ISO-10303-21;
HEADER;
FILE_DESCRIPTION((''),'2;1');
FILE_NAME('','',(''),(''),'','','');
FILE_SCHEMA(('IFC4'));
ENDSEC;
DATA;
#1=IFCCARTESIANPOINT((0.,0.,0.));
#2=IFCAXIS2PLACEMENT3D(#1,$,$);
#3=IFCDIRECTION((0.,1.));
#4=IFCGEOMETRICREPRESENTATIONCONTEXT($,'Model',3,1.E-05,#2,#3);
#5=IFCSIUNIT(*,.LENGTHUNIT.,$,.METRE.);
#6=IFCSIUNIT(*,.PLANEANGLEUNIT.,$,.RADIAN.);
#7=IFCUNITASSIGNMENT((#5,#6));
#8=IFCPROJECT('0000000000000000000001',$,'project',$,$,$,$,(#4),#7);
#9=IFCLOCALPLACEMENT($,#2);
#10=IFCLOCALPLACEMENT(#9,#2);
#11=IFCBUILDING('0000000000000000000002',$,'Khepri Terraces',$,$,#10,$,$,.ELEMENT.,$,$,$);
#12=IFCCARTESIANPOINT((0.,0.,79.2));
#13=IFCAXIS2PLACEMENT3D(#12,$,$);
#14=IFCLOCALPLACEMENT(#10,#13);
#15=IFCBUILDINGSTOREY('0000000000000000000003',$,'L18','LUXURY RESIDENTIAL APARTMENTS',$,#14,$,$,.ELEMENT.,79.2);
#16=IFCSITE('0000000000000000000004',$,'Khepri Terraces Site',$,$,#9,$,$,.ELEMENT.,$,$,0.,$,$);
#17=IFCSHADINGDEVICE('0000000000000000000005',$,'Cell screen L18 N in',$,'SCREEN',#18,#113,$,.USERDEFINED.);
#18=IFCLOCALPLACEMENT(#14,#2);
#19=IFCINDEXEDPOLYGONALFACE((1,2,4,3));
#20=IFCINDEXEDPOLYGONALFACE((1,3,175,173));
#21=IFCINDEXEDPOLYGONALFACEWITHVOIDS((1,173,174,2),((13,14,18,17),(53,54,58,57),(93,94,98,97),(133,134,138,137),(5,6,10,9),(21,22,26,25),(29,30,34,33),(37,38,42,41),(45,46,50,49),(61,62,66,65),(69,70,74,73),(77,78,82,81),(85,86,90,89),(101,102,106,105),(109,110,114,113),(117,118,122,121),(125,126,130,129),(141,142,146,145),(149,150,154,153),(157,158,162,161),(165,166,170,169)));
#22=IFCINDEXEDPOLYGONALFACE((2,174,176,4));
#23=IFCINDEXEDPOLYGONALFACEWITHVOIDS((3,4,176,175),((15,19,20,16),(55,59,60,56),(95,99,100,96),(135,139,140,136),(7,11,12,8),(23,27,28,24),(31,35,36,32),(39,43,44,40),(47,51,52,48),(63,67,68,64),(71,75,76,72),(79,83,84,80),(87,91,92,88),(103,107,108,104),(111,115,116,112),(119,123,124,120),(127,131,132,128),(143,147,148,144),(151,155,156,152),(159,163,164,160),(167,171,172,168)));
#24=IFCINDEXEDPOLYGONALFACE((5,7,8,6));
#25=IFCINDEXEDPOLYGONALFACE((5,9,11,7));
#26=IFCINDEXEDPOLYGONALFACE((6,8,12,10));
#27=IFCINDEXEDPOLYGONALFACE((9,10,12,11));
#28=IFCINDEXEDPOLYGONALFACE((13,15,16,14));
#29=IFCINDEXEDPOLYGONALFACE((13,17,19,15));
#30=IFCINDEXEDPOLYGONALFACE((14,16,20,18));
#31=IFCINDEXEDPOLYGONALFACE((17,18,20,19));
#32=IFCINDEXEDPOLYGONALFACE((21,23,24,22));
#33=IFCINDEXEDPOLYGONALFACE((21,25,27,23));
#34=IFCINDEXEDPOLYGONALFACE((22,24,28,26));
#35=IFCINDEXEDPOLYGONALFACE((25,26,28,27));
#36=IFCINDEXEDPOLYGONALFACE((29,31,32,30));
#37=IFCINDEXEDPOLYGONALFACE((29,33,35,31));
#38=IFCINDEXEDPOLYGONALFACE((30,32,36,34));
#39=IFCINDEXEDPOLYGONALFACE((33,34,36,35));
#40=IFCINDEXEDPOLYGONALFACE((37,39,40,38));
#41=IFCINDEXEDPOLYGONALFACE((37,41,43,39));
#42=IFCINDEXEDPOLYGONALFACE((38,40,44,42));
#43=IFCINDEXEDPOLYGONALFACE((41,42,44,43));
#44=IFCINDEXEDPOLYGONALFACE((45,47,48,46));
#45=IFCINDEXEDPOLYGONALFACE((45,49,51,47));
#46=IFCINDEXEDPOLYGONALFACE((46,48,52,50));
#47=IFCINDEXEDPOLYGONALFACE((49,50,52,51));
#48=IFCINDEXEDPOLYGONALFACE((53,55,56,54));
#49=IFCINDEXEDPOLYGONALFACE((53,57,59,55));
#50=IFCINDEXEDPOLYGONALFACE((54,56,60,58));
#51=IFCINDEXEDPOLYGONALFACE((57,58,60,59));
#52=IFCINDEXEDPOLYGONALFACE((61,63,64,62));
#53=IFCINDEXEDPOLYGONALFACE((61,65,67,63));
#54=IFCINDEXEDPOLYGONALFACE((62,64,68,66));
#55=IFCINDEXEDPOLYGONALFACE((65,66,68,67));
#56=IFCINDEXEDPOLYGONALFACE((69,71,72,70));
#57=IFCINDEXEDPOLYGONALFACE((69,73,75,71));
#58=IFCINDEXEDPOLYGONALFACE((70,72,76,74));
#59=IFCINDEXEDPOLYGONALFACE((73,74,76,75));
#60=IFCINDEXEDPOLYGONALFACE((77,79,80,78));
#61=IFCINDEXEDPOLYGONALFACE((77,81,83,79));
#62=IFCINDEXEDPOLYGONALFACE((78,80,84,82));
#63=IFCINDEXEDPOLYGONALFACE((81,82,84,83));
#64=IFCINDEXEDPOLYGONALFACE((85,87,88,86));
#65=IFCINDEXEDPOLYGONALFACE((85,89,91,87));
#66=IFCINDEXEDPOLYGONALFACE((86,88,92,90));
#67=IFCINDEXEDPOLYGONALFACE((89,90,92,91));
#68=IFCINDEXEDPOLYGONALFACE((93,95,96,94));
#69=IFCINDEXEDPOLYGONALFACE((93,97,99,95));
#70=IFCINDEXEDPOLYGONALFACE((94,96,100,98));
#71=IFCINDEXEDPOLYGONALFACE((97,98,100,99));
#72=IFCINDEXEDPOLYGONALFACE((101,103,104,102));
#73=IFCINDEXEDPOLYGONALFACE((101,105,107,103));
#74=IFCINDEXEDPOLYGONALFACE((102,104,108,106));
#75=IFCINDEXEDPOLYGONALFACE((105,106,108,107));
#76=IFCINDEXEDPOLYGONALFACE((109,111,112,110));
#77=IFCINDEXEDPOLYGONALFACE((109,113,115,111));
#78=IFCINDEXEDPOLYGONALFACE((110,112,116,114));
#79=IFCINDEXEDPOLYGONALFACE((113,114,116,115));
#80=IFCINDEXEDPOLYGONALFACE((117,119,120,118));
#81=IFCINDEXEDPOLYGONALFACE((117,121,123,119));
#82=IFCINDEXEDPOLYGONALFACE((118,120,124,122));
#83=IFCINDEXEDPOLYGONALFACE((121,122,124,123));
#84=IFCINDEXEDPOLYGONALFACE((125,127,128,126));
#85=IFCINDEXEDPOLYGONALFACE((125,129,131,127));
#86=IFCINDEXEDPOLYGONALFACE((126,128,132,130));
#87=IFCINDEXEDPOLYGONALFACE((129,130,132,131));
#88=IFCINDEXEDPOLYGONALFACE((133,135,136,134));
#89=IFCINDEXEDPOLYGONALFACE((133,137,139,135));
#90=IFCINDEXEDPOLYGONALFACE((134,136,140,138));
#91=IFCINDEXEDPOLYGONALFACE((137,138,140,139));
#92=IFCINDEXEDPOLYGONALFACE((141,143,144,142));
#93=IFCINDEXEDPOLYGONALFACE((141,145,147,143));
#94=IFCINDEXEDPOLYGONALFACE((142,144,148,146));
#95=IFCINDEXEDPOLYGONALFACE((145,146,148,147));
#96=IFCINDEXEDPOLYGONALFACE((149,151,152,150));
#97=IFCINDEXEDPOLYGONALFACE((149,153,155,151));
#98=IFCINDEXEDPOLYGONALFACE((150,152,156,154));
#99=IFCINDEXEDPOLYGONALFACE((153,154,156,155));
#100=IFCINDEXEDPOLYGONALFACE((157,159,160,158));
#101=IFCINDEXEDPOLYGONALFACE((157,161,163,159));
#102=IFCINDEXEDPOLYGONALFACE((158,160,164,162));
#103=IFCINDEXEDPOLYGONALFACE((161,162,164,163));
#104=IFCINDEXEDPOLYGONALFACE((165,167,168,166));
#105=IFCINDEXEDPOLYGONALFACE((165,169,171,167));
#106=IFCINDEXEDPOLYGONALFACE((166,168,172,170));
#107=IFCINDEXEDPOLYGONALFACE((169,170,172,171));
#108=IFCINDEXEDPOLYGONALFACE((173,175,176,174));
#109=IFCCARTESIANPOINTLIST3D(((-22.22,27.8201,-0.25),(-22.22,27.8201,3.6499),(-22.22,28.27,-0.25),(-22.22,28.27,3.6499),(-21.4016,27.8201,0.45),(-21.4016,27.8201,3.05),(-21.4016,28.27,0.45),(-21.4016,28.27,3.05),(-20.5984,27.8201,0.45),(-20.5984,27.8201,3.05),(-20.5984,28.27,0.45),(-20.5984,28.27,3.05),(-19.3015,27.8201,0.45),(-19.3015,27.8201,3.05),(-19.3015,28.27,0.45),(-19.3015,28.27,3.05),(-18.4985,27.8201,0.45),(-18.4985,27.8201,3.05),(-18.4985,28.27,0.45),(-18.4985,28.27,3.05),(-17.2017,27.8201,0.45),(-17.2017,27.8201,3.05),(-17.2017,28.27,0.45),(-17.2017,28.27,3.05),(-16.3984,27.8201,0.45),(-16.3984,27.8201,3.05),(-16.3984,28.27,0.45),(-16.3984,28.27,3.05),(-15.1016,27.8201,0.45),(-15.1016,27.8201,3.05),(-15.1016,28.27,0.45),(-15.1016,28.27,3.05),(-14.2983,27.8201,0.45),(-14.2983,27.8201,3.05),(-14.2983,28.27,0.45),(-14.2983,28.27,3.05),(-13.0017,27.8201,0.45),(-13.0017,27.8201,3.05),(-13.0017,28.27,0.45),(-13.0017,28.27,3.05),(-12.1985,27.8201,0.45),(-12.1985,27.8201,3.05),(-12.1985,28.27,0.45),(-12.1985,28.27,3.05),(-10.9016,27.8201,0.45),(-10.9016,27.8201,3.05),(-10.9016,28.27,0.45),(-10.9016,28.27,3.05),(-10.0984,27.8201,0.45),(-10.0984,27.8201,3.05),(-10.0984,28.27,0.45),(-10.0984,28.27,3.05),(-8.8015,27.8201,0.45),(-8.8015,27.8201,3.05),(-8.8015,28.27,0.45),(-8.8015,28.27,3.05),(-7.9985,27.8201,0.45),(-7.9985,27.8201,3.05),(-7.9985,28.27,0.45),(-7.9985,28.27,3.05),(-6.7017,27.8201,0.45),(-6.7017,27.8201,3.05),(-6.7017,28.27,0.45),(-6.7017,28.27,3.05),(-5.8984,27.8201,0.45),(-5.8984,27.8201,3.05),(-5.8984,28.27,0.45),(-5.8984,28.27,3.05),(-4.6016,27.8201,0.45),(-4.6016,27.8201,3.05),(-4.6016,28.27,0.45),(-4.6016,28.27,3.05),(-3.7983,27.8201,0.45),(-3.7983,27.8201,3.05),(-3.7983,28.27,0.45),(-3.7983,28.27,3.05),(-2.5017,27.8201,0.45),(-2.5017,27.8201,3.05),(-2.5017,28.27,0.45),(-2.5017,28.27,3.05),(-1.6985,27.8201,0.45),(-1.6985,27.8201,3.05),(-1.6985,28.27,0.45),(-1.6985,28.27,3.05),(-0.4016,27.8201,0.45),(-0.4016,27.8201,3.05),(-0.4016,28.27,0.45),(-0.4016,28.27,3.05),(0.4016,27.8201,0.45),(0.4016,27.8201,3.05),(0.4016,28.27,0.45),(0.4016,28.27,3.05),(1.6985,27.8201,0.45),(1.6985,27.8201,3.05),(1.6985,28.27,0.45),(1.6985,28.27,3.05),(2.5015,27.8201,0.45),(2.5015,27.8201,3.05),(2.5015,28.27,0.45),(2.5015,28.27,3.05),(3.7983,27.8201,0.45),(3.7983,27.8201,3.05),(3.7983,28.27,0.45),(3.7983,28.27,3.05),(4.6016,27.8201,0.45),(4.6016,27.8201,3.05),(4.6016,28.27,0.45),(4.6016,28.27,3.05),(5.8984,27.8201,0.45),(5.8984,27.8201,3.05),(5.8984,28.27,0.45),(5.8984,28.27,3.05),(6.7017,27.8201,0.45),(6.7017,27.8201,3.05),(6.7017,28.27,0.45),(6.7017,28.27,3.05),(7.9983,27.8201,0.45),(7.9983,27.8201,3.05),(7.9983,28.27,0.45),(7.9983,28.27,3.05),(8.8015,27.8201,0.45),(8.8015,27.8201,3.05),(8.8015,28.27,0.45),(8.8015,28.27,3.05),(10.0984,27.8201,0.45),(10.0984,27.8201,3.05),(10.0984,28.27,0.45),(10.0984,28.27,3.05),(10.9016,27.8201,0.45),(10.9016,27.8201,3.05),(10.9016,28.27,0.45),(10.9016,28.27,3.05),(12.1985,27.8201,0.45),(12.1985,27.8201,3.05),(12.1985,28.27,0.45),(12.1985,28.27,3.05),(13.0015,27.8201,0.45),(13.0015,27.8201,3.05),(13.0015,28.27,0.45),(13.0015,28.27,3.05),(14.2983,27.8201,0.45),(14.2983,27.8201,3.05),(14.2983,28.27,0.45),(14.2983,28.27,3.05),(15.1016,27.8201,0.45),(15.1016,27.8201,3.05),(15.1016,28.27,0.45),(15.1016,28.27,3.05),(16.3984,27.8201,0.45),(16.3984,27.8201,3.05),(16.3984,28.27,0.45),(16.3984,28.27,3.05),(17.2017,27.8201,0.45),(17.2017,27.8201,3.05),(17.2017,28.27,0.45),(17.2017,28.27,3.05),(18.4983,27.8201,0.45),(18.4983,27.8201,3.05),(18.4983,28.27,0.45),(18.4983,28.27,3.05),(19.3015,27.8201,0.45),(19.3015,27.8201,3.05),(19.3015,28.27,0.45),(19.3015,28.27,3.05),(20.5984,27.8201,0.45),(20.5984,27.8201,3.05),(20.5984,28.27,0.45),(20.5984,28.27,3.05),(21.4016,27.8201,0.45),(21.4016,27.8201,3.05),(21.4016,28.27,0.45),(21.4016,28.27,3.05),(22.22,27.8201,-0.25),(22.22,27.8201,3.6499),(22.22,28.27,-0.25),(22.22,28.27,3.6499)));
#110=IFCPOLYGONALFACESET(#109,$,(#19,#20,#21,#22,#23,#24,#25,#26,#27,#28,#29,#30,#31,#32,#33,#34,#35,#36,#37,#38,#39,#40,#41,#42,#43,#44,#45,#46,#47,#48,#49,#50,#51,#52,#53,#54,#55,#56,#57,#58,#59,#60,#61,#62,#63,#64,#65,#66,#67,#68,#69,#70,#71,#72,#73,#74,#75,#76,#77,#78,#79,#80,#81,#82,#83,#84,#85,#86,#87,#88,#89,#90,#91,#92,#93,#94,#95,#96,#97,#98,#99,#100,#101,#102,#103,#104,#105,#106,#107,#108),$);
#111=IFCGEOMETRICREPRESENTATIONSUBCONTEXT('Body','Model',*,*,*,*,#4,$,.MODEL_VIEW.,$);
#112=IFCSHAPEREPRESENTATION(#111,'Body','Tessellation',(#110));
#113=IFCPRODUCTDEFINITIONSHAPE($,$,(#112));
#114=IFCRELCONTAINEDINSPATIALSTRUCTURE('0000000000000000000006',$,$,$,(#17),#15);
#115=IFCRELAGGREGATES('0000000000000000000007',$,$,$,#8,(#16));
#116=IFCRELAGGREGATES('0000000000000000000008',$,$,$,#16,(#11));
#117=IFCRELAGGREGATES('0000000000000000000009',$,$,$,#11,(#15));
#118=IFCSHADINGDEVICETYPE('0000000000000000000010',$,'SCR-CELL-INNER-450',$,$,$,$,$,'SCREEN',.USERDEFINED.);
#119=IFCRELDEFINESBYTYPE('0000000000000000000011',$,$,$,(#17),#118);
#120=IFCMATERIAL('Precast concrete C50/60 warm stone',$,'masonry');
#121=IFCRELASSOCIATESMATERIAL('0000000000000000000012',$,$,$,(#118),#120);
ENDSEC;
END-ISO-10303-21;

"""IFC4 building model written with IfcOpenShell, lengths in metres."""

from ifc_helpers import new_model, si_unit, direction, frame, origin, place, context, subcontext, project, spatial, polyline, outline, extrude, material, type_object, element, save


model = new_model("IFC4")

# Units and contexts
model_context = context("Model", 3, precision=1e-05, world=origin(), true_north=direction((0.0, 1.0)))
body_context = subcontext(model_context, "Body", "Model", "MODEL_VIEW")
ifc_project = project(units=[si_unit("LENGTHUNIT", "METRE"), si_unit("PLANEANGLEUNIT", "RADIAN")], contexts=[model_context])

# Site, building, storey
site_placement = place(None, origin())
site = spatial("IfcSite", under=ifc_project, at=site_placement, Name="Khepri Terraces Site", CompositionType="ELEMENT", RefElevation=0.0)
building_placement = place(site_placement, origin())
building = spatial("IfcBuilding", under=site, at=building_placement, Name="Khepri Terraces", CompositionType="ELEMENT")
storey_placement = place(building_placement, frame((0.0, 0.0, 79.2)))
storey = spatial("IfcBuildingStorey", under=building, at=storey_placement, Name="L18", Description="LUXURY RESIDENTIAL APARTMENTS", CompositionType="ELEMENT", Elevation=79.2)

# Shared definitions
ifc_material_1 = material(Name="Precast concrete C50/60 warm stone", Category="masonry")

# Shading device
shading_device_type_1 = type_object("IfcShadingDeviceType", Name="SCR-CELL-INNER-450", ElementType="SCREEN", PredefinedType="USERDEFINED", material=ifc_material_1)
shading_device_1_placement = place(storey_placement, frame((22.22, 27.8201, -0.25), z_axis=(0.0, 1.0, 0.0), x_axis=(-1.0, 0.0, 0.0)))
element("IfcShadingDevice", 1, at=shading_device_1_placement, inside=storey, type_object=shading_device_type_1, Name="Cell screen L18 N in", ObjectType="SCREEN", PredefinedType="USERDEFINED", context=body_context, shape_type="SweptSolid", body=[
    extrude(outline(polyline([(0.0, 0.0), (44.4399, 0.0), (44.4399, 3.8999), (0.0, 3.8999), (0.0, 0.0)]), holes=[polyline([(0.8184, 0.7), (1.6216, 0.7), (1.6216, 3.3), (0.8184, 3.3), (0.8184, 0.7)]), polyline([(2.9185, 0.7), (3.7217, 0.7), (3.7217, 3.3), (2.9185, 3.3), (2.9185, 0.7)]), polyline([(5.0183, 0.7), (5.8215, 0.7), (5.8215, 3.3), (5.0183, 3.3), (5.0183, 0.7)]), polyline([(7.1184, 0.7), (7.9216, 0.7), (7.9216, 3.3), (7.1184, 3.3), (7.1184, 0.7)]), polyline([(9.2185, 0.7), (10.0215, 0.7), (10.0215, 3.3), (9.2185, 3.3), (9.2185, 0.7)]), polyline([(11.3184, 0.7), (12.1216, 0.7), (12.1216, 3.3), (11.3184, 3.3), (11.3184, 0.7)]), polyline([(13.4185, 0.7), (14.2217, 0.7), (14.2217, 3.3), (13.4185, 3.3), (13.4185, 0.7)]), polyline([(15.5183, 0.7), (16.3215, 0.7), (16.3215, 3.3), (15.5183, 3.3), (15.5183, 0.7)]), polyline([(17.6184, 0.7), (18.4216, 0.7), (18.4216, 3.3), (17.6184, 3.3), (17.6184, 0.7)]), polyline([(19.7185, 0.7), (20.5215, 0.7), (20.5215, 3.3), (19.7185, 3.3), (19.7185, 0.7)]), polyline([(21.8184, 0.7), (22.6216, 0.7), (22.6216, 3.3), (21.8184, 3.3), (21.8184, 0.7)]), polyline([(23.9185, 0.7), (24.7217, 0.7), (24.7217, 3.3), (23.9185, 3.3), (23.9185, 0.7)]), polyline([(26.0183, 0.7), (26.8215, 0.7), (26.8215, 3.3), (26.0183, 3.3), (26.0183, 0.7)]), polyline([(28.1184, 0.7), (28.9216, 0.7), (28.9216, 3.3), (28.1184, 3.3), (28.1184, 0.7)]), polyline([(30.2185, 0.7), (31.0215, 0.7), (31.0215, 3.3), (30.2185, 3.3), (30.2185, 0.7)]), polyline([(32.3184, 0.7), (33.1216, 0.7), (33.1216, 3.3), (32.3184, 3.3), (32.3184, 0.7)]), polyline([(34.4185, 0.7), (35.2217, 0.7), (35.2217, 3.3), (34.4185, 3.3), (34.4185, 0.7)]), polyline([(36.5183, 0.7), (37.3215, 0.7), (37.3215, 3.3), (36.5183, 3.3), (36.5183, 0.7)]), polyline([(38.6184, 0.7), (39.4216, 0.7), (39.4216, 3.3), (38.6184, 3.3), (38.6184, 0.7)]), polyline([(40.7185, 0.7), (41.5215, 0.7), (41.5215, 3.3), (40.7185, 3.3), (40.7185, 0.7)]), polyline([(42.8184, 0.7), (43.6216, 0.7), (43.6216, 3.3), (42.8184, 3.3), (42.8184, 0.7)])]), origin(), (0.0, 0.0, 1.0), 0.45),
])

save(model, "model.ifc")
